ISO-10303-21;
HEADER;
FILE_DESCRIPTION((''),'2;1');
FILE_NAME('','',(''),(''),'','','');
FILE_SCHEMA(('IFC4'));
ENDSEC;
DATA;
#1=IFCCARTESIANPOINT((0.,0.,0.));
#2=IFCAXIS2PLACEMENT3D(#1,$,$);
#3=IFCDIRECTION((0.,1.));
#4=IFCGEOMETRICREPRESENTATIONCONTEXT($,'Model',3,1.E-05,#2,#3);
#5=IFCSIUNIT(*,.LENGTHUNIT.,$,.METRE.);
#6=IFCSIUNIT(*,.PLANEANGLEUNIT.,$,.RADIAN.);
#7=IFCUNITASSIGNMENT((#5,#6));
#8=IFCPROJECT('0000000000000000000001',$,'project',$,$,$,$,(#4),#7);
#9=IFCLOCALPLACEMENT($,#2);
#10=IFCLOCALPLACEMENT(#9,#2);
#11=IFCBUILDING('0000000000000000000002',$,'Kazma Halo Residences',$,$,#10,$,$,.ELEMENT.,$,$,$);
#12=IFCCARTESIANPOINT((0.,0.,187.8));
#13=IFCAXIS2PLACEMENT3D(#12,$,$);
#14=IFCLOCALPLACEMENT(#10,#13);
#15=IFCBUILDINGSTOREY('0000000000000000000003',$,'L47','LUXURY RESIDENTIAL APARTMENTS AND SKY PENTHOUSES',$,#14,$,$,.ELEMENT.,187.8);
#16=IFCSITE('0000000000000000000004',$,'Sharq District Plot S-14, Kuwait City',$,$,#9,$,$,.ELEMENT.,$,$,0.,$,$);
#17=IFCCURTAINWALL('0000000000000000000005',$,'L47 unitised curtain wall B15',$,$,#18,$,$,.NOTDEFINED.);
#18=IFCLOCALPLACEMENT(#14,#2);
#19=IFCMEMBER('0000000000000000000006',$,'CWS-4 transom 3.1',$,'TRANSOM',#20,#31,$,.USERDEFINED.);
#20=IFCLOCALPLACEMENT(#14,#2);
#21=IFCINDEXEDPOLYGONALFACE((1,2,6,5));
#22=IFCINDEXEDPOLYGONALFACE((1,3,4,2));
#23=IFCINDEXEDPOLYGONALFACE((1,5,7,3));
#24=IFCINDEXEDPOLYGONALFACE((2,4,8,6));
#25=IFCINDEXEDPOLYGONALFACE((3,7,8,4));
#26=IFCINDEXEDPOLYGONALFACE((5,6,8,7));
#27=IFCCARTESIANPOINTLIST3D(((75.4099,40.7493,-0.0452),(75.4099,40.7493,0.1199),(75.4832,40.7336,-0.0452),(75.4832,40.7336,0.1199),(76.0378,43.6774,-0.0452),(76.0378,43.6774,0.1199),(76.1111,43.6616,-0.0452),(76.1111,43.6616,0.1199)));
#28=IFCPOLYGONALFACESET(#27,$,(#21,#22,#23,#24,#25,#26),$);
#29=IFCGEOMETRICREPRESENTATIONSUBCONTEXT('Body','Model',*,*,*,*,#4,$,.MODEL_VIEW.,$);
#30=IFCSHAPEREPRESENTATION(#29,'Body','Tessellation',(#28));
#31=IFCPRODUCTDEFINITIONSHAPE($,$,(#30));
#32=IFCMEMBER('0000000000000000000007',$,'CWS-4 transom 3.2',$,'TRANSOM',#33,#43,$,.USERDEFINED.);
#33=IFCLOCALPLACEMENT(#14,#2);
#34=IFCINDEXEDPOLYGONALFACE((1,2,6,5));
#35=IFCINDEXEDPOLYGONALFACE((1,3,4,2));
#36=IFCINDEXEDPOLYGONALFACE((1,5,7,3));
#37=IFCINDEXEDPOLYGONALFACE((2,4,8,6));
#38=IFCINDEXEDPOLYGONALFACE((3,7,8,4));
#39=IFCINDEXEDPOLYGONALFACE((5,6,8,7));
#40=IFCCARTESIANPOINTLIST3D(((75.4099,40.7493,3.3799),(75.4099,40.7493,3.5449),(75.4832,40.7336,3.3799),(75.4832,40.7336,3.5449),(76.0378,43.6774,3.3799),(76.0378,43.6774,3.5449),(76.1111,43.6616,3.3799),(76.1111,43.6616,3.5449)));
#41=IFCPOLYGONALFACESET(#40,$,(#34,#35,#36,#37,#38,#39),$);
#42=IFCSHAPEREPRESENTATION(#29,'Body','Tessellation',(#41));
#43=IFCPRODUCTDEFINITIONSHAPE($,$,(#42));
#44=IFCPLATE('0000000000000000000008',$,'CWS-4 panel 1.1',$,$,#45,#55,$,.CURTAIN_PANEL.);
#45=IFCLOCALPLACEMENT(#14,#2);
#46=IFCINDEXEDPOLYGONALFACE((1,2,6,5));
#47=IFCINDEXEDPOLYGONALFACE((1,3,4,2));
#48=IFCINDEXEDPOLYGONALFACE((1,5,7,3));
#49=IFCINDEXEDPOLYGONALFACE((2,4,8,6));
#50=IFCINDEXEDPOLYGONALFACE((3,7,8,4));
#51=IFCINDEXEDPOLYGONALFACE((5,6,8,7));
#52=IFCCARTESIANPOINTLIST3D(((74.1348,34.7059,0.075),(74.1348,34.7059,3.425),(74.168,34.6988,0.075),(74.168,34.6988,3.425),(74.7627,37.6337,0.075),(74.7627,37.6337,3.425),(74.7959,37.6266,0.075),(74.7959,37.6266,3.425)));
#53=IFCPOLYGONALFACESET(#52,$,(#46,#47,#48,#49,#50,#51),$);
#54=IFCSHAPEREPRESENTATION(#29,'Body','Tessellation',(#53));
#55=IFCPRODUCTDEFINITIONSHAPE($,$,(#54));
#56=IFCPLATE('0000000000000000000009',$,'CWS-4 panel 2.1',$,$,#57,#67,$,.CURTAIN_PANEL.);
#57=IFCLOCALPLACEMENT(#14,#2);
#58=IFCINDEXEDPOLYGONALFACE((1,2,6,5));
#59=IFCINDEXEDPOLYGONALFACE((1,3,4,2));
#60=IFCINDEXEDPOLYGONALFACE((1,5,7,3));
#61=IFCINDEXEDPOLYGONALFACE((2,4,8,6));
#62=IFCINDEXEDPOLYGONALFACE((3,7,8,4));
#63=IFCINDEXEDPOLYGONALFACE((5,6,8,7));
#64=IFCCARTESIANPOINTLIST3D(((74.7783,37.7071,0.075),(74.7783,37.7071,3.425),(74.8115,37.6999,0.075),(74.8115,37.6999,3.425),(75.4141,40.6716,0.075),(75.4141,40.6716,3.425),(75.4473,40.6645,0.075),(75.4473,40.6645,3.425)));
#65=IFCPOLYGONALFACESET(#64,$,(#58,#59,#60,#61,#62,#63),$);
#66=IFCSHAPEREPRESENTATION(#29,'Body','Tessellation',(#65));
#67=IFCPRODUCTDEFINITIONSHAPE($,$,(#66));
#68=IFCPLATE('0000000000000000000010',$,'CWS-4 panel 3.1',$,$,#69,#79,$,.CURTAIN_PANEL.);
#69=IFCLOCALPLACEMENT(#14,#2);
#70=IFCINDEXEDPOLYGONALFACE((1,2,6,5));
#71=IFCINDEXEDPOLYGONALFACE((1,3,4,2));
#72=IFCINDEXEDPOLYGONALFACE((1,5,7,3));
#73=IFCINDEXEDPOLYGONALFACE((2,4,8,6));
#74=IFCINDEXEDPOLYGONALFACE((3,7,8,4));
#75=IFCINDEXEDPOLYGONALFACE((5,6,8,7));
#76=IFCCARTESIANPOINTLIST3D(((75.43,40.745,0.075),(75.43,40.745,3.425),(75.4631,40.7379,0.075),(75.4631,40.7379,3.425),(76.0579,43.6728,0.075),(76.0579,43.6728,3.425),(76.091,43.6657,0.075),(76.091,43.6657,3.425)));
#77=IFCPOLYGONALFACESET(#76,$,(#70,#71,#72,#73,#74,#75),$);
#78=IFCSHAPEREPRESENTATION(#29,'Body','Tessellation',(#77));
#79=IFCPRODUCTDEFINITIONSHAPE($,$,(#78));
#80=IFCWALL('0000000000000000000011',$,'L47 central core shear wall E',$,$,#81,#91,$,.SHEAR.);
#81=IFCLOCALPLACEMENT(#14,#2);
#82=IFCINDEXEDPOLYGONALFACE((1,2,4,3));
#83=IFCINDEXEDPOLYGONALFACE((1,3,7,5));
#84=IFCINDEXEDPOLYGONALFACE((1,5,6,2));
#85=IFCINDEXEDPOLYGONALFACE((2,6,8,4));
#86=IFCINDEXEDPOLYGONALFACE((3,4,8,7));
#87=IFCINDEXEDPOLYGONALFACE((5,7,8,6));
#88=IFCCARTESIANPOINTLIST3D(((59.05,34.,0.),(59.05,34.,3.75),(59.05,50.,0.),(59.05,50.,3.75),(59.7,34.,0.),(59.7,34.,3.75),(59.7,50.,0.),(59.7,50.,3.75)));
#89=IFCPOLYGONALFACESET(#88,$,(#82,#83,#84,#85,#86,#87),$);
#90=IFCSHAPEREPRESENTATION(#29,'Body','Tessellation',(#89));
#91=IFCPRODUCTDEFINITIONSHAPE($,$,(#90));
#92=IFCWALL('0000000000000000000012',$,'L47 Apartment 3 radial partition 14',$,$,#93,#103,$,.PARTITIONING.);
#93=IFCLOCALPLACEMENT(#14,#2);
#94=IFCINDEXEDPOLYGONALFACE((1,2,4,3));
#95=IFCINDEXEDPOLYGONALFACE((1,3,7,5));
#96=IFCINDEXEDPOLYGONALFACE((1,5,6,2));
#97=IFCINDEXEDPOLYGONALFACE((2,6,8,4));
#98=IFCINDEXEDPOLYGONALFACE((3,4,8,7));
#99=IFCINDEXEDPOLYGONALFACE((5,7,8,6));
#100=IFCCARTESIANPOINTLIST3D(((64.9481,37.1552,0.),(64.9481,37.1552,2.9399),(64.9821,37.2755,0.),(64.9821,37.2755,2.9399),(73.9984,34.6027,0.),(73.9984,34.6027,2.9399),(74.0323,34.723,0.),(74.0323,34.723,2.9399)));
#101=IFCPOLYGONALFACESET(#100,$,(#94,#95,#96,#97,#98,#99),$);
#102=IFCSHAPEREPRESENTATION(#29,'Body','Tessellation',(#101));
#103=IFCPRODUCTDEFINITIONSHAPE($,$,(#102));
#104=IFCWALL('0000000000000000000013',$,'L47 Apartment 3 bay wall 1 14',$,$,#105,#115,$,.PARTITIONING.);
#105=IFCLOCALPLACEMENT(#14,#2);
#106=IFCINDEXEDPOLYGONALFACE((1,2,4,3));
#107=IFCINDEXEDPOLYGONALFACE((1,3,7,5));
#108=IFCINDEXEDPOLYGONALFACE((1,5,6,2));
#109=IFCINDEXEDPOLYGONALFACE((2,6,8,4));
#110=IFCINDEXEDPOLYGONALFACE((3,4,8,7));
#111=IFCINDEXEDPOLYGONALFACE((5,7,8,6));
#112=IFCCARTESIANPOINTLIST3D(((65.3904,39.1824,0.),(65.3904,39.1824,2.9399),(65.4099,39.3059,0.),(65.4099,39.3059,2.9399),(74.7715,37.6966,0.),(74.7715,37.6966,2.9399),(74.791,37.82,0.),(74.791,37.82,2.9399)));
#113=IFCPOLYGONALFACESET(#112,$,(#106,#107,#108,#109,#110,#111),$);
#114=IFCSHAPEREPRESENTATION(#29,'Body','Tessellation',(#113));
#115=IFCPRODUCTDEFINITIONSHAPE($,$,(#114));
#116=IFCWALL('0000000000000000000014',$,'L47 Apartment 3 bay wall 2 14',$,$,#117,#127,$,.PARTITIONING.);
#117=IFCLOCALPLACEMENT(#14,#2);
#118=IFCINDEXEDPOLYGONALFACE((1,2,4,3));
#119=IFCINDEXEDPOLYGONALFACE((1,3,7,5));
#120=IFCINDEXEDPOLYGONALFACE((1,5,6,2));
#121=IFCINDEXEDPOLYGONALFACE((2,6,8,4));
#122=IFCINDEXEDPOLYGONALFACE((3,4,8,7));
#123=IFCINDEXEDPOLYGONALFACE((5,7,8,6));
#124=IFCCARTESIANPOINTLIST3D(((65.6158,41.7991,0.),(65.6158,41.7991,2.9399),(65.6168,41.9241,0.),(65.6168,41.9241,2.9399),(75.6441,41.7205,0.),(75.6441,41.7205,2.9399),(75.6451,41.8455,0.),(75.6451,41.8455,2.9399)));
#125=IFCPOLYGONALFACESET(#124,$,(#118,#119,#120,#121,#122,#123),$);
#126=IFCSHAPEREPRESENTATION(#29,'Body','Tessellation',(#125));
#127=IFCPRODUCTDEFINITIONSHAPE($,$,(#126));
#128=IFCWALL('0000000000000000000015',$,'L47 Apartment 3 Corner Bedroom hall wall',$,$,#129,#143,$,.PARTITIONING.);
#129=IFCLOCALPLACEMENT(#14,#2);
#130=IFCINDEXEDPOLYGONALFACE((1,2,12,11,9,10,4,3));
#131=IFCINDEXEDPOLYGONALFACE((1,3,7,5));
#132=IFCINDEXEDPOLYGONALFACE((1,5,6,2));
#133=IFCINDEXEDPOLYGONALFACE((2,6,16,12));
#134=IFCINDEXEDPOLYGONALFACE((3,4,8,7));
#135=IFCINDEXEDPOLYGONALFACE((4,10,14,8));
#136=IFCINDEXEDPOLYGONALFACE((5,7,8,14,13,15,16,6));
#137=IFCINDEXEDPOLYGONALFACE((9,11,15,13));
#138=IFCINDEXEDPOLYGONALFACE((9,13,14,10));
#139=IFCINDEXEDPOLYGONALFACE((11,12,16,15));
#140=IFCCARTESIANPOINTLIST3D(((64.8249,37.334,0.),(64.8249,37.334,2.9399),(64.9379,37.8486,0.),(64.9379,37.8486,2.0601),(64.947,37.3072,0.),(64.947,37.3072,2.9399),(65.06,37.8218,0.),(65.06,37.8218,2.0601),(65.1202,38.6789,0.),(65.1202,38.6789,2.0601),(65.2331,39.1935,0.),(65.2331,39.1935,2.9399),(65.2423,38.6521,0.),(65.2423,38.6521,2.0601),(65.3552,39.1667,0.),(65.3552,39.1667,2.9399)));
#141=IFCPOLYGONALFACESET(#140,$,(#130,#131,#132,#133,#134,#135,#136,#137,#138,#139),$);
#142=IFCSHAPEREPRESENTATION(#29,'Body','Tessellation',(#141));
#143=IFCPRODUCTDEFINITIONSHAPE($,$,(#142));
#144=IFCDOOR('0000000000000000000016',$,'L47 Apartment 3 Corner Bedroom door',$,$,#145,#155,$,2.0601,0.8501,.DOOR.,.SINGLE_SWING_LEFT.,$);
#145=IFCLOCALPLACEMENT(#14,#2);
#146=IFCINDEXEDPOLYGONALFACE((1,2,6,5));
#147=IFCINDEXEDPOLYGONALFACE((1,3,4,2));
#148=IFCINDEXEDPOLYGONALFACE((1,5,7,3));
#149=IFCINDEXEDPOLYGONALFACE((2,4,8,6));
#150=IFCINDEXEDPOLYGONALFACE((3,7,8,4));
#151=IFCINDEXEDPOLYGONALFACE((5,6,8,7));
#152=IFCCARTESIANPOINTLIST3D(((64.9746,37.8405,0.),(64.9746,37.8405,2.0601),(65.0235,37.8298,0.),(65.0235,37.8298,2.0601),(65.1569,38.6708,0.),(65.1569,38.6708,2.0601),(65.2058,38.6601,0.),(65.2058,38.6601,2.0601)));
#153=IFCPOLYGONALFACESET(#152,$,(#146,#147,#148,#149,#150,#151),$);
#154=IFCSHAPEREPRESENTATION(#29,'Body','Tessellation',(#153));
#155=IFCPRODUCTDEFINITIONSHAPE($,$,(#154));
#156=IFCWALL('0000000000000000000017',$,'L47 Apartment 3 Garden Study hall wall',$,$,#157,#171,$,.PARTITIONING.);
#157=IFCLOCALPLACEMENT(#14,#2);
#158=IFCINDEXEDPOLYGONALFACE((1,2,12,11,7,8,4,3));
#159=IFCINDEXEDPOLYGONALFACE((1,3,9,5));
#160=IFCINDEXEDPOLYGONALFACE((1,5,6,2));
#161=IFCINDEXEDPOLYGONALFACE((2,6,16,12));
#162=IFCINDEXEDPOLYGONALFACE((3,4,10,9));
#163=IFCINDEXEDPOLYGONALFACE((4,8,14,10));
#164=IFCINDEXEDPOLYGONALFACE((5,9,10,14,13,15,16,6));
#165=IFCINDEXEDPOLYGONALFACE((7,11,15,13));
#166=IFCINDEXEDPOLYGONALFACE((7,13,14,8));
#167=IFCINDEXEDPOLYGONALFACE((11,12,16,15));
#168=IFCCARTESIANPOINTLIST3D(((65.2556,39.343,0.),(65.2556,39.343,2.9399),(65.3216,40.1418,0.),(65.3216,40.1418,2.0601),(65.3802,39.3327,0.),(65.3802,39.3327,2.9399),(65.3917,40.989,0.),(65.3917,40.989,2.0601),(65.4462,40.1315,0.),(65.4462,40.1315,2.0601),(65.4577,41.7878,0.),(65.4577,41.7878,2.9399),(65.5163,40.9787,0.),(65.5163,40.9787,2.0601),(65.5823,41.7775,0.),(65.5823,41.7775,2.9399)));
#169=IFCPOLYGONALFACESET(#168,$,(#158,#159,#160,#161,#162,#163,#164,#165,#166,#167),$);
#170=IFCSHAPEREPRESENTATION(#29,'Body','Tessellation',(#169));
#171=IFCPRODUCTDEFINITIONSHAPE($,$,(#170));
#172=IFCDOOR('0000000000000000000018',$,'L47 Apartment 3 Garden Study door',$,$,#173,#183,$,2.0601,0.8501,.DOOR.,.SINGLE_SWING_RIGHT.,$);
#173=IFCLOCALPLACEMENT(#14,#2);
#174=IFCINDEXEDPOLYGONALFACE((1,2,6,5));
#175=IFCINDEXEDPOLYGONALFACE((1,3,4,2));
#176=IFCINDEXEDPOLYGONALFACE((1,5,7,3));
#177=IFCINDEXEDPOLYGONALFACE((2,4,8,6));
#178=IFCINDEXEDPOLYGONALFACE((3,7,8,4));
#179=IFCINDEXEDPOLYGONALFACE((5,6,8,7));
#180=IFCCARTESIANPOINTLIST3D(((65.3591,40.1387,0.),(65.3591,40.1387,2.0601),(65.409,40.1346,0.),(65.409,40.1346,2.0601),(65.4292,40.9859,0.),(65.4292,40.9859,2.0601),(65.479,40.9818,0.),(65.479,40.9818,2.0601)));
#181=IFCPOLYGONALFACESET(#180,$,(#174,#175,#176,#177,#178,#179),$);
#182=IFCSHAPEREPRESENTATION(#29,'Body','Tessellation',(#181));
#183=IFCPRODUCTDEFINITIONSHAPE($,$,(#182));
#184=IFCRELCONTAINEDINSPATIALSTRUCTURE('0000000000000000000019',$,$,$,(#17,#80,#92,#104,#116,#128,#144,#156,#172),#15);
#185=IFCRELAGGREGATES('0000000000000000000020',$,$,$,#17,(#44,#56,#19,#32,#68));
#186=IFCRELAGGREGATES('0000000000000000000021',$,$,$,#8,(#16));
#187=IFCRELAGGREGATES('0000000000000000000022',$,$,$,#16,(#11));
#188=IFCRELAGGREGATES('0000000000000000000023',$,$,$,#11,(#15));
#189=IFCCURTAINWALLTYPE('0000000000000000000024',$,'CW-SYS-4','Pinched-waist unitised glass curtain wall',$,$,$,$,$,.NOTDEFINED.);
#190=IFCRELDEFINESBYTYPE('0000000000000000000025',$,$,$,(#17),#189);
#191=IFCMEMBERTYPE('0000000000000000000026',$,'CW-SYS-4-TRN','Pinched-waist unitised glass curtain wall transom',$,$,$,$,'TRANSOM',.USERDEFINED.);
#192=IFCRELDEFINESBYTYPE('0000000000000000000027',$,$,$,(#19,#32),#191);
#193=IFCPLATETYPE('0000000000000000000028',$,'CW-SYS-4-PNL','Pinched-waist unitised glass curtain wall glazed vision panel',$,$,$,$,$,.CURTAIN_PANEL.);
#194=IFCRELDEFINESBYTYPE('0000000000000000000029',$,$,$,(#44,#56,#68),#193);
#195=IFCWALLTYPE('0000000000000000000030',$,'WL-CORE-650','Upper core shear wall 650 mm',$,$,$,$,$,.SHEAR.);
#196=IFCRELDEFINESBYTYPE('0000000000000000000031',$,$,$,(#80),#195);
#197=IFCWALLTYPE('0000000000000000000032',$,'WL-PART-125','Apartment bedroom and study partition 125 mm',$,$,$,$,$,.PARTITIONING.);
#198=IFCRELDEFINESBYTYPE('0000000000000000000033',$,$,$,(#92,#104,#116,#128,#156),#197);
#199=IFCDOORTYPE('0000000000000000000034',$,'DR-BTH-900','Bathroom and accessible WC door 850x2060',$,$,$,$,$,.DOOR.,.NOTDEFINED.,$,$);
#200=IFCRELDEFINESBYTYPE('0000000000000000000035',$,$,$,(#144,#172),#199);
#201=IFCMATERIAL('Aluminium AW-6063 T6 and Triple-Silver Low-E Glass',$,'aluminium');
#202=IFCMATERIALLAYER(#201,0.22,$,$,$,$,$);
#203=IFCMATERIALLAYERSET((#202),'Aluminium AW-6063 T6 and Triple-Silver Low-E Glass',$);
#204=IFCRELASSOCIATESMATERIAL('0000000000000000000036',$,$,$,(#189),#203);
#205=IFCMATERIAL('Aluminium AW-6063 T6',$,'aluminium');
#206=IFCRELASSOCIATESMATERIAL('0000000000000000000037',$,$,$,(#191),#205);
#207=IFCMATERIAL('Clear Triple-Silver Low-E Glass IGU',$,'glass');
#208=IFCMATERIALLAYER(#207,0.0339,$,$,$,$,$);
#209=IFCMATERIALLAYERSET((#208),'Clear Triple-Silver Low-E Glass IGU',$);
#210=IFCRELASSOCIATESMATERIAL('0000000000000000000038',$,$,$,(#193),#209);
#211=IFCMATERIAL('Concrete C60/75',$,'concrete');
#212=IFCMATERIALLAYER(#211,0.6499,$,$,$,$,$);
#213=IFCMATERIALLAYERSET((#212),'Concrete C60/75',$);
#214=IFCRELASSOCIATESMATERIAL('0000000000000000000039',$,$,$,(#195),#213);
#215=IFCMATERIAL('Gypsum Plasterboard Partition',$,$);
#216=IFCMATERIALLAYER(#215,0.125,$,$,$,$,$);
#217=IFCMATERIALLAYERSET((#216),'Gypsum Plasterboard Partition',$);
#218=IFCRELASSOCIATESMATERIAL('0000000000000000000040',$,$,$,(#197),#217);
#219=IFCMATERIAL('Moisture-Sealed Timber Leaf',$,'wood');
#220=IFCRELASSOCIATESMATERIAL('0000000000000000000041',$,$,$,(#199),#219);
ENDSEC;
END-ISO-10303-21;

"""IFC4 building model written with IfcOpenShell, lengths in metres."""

from ifc_helpers import new_model, si_unit, direction, frame, frame_2d, origin, origin_2d, place, context, subcontext, project, spatial, rectangle, extrude, material, layer, layer_set, material_profile, profile_set, type_object, element, fill, aggregate, save


model = new_model("IFC4")

# Units and contexts
model_context = context("Model", 3, precision=1e-05, world=origin(), true_north=direction((0.0, 1.0)))
body_context = subcontext(model_context, "Body", "Model", "MODEL_VIEW")
ifc_project = project(units=[si_unit("LENGTHUNIT", "METRE"), si_unit("PLANEANGLEUNIT", "RADIAN")], contexts=[model_context])

# Site, building, storey
site_placement = place(None, origin())
site = spatial("IfcSite", under=ifc_project, at=site_placement, Name="Sharq District Plot S-14, Kuwait City", CompositionType="ELEMENT", RefElevation=0.0)
building_placement = place(site_placement, origin())
building = spatial("IfcBuilding", under=site, at=building_placement, Name="Kazma Halo Residences", CompositionType="ELEMENT")
storey_placement = place(building_placement, frame((0.0, 0.0, 187.8)))
storey = spatial("IfcBuildingStorey", under=building, at=storey_placement, Name="L47", Description="LUXURY RESIDENTIAL APARTMENTS AND SKY PENTHOUSES", CompositionType="ELEMENT", Elevation=187.8)

# Curtain wall, members, plates
ifc_material_1 = material(Name="Aluminium AW-6063 T6 and Triple-Silver Low-E Glass", Category="aluminium")
ifc_layer_1 = layer(ifc_material_1, 0.22)
ifc_layer_set_1 = layer_set([ifc_layer_1], Name="Aluminium AW-6063 T6 and Triple-Silver Low-E Glass")
curtain_wall_type = type_object("IfcCurtainWallType", Name="CW-SYS-4", Description="Pinched-waist unitised glass curtain wall", PredefinedType="NOTDEFINED", material=ifc_layer_set_1)
curtain_wall_placement = place(storey_placement, origin())
curtain_wall = element("IfcCurtainWall", 1, at=curtain_wall_placement, inside=storey, type_object=curtain_wall_type, Name="L47 unitised curtain wall B15", PredefinedType="NOTDEFINED")
ifc_material_2 = material(Name="Aluminium AW-6063 T6", Category="aluminium")
ifc_material_profile_1 = material_profile(ifc_material_2, rectangle(XDim=0.075, YDim=0.165, at=origin_2d()), Name="CWT-75x165")
ifc_profile_set_1 = profile_set([ifc_material_profile_1], Name="Aluminium AW-6063 T6")
member_type_1 = type_object("IfcMemberType", Name="CW-SYS-4-TRN", Description="Pinched-waist unitised glass curtain wall transom", ElementType="TRANSOM", PredefinedType="USERDEFINED", material=ifc_profile_set_1)
member_1_placement = place(storey_placement, frame((75.4465, 40.7415, 0.0374), z_axis=(0.209691, 0.977768, 0.0), x_axis=(-0.977768, 0.209691, 0.0)))
member_1 = element("IfcMember", 2, at=member_1_placement, type_object=member_type_1, Name="CWS-4 transom 3.1", ObjectType="TRANSOM", PredefinedType="USERDEFINED", context=body_context, shape_type="SweptSolid", body=[
    extrude(rectangle(XDim=0.075, YDim=0.165, at=origin_2d()), origin(), (0.0, 0.0, 1.0), 2.9946),
])
member_2_placement = place(storey_placement, frame((75.4465, 40.7415, 3.4624), z_axis=(0.209691, 0.977768, 0.0), x_axis=(-0.977768, 0.209691, 0.0)))
member_2 = element("IfcMember", 3, at=member_2_placement, type_object=member_type_1, Name="CWS-4 transom 3.2", ObjectType="TRANSOM", PredefinedType="USERDEFINED", context=body_context, shape_type="SweptSolid", body=[
    extrude(rectangle(XDim=0.075, YDim=0.165, at=origin_2d()), origin(), (0.0, 0.0, 1.0), 2.9946),
])
ifc_material_3 = material(Name="Clear Triple-Silver Low-E Glass IGU", Category="glass")
ifc_layer_2 = layer(ifc_material_3, 0.0339)
ifc_layer_set_2 = layer_set([ifc_layer_2], Name="Clear Triple-Silver Low-E Glass IGU")
plate_type = type_object("IfcPlateType", Name="CW-SYS-4-PNL", Description="Pinched-waist unitised glass curtain wall glazed vision panel", PredefinedType="CURTAIN_PANEL", material=ifc_layer_set_2)
plate_1_placement = place(storey_placement, frame((74.4653, 36.1663, 0.075), z_axis=(0.0, 0.0, 1.0), x_axis=(0.20969, 0.977768, 0.0)))
plate_1 = element("IfcPlate", 4, at=plate_1_placement, type_object=plate_type, Name="CWS-4 panel 1.1", PredefinedType="CURTAIN_PANEL", context=body_context, shape_type="SweptSolid", body=[
    extrude(rectangle(XDim=2.9944, YDim=0.0339, at=origin_2d()), origin(), (0.0, 0.0, 1.0), 3.3501),
])
plate_2_placement = place(storey_placement, frame((75.1128, 39.1858, 0.075), z_axis=(0.0, 0.0, 1.0), x_axis=(0.20969, 0.977768, 0.0)))
plate_2 = element("IfcPlate", 5, at=plate_2_placement, type_object=plate_type, Name="CWS-4 panel 2.1", PredefinedType="CURTAIN_PANEL", context=body_context, shape_type="SweptSolid", body=[
    extrude(rectangle(XDim=3.032, YDim=0.0339, at=origin_2d()), origin(), (0.0, 0.0, 1.0), 3.3501),
])
plate_3_placement = place(storey_placement, frame((75.7605, 42.2053, 0.075), z_axis=(0.0, 0.0, 1.0), x_axis=(0.20969, 0.977768, 0.0)))
plate_3 = element("IfcPlate", 6, at=plate_3_placement, type_object=plate_type, Name="CWS-4 panel 3.1", PredefinedType="CURTAIN_PANEL", context=body_context, shape_type="SweptSolid", body=[
    extrude(rectangle(XDim=2.9944, YDim=0.0339, at=origin_2d()), origin(), (0.0, 0.0, 1.0), 3.3501),
])
aggregate(curtain_wall, [plate_1, plate_2, member_1, member_2, plate_3])

# Walls
ifc_material_4 = material(Name="Concrete C60/75", Category="concrete")
ifc_layer_3 = layer(ifc_material_4, 0.6499)
ifc_layer_set_3 = layer_set([ifc_layer_3], Name="Concrete C60/75")
wall_type_1 = type_object("IfcWallType", Name="WL-CORE-650", Description="Upper core shear wall 650 mm", PredefinedType="SHEAR", material=ifc_layer_set_3)
wall_1_placement = place(storey_placement, frame((59.375, 34.0, 0.0), z_axis=(0.0, 0.0, 1.0), x_axis=(0.0, 1.0, 0.0)))
element("IfcWall", 7, at=wall_1_placement, inside=storey, type_object=wall_type_1, Name="L47 central core shear wall E", PredefinedType="SHEAR", context=body_context, shape_type="SweptSolid", body=[
    extrude(rectangle(XDim=16.0, YDim=0.6499, at=frame_2d((8.0, 0.0))), origin(), (0.0, 0.0, 1.0), 3.75),
])
ifc_material_5 = material(Name="Gypsum Plasterboard Partition")
ifc_layer_4 = layer(ifc_material_5, 0.125)
ifc_layer_set_4 = layer_set([ifc_layer_4], Name="Gypsum Plasterboard Partition")
wall_type_2 = type_object("IfcWallType", Name="WL-PART-125", Description="Apartment bedroom and study partition 125 mm", PredefinedType="PARTITIONING", material=ifc_layer_set_4)
wall_2_placement = place(storey_placement, frame((64.9651, 37.2153, 0.0), z_axis=(0.0, 0.0, 1.0), x_axis=(0.962454, -0.271445, 0.0)))
element("IfcWall", 8, at=wall_2_placement, inside=storey, type_object=wall_type_2, Name="L47 Apartment 3 radial partition 14", PredefinedType="PARTITIONING", context=body_context, shape_type="SweptSolid", body=[
    extrude(rectangle(XDim=9.4033, YDim=0.125, at=frame_2d((4.7017, 0.0))), origin(), (0.0, 0.0, 1.0), 2.9399),
])
wall_3_placement = place(storey_placement, frame((65.4001, 39.2441, 0.0), z_axis=(0.0, 0.0, 1.0), x_axis=(0.987688, -0.156436, 0.0)))
element("IfcWall", 9, at=wall_3_placement, inside=storey, type_object=wall_type_2, Name="L47 Apartment 3 bay wall 1 14", PredefinedType="PARTITIONING", context=body_context, shape_type="SweptSolid", body=[
    extrude(rectangle(XDim=9.498, YDim=0.125, at=frame_2d((4.749, 0.0))), origin(), (0.0, 0.0, 1.0), 2.9399),
])
wall_4_placement = place(storey_placement, frame((65.6165, 41.8616, 0.0), z_axis=(0.0, 0.0, 1.0), x_axis=(0.999969, -0.007839, 0.0)))
element("IfcWall", 10, at=wall_4_placement, inside=storey, type_object=wall_type_2, Name="L47 Apartment 3 bay wall 2 14", PredefinedType="PARTITIONING", context=body_context, shape_type="SweptSolid", body=[
    extrude(rectangle(XDim=10.0286, YDim=0.125, at=frame_2d((5.0142, 0.0))), origin(), (0.0, 0.0, 1.0), 2.9399),
])

# Walls, openings, doors
wall_5_placement = place(storey_placement, frame((64.886, 37.3206, 0.0), z_axis=(0.0, 0.0, 1.0), x_axis=(0.214404, 0.976745, 0.0)))
wall_5 = element("IfcWall", 11, at=wall_5_placement, inside=storey, type_object=wall_type_2, Name="L47 Apartment 3 Corner Bedroom hall wall", PredefinedType="PARTITIONING", context=body_context, shape_type="SweptSolid", body=[
    extrude(rectangle(XDim=1.9038, YDim=0.125, at=frame_2d((0.9519, 0.0))), origin(), (0.0, 0.0, 1.0), 2.9399),
])
opening_1_placement = place(wall_5_placement, frame((0.5269, 0.0, 0.0)))
opening_1 = element("IfcOpeningElement", 12, at=opening_1_placement, cuts=wall_5, PredefinedType="OPENING", context=body_context, shape_type="SweptSolid", body=[
    extrude(rectangle(XDim=0.8501, YDim=2.0601, at=frame_2d((0.425, 1.03))), frame((0.0, 0.0725, 0.0), z_axis=(0.0, -1.0, 0.0), x_axis=(1.0, 0.0, 0.0)), (0.0, 0.0, 1.0), 0.145),
])
ifc_material_6 = material(Name="Moisture-Sealed Timber Leaf", Category="wood")
door_type = type_object("IfcDoorType", Name="DR-BTH-900", Description="Bathroom and accessible WC door 850x2060", OperationType="NOTDEFINED", PredefinedType="DOOR", material=ifc_material_6)
door_1_placement = place(opening_1_placement, origin())
door_1 = element("IfcDoor", 13, at=door_1_placement, inside=storey, type_object=door_type, Name="L47 Apartment 3 Corner Bedroom door", OperationType="SINGLE_SWING_LEFT", OverallHeight=2.0601, OverallWidth=0.8501, PredefinedType="DOOR", context=body_context, shape_type="SweptSolid", body=[
    extrude(rectangle(XDim=0.8501, YDim=2.0601, at=frame_2d((0.425, 1.03))), frame((0.0, 0.0249, 0.0), z_axis=(0.0, -1.0, 0.0), x_axis=(1.0, 0.0, 0.0)), (0.0, 0.0, 1.0), 0.05),
])
fill(opening_1, door_1)
wall_6_placement = place(storey_placement, frame((65.3179, 39.3379, 0.0), z_axis=(0.0, 0.0, 1.0), x_axis=(0.082403, 0.996599, 0.0)))
wall_6 = element("IfcWall", 14, at=wall_6_placement, inside=storey, type_object=wall_type_2, Name="L47 Apartment 3 Garden Study hall wall", PredefinedType="PARTITIONING", context=body_context, shape_type="SweptSolid", body=[
    extrude(rectangle(XDim=2.4531, YDim=0.125, at=frame_2d((1.2266, 0.0))), origin(), (0.0, 0.0, 1.0), 2.9399),
])
opening_2_placement = place(wall_6_placement, frame((0.8015, 0.0, 0.0)))
opening_2 = element("IfcOpeningElement", 15, at=opening_2_placement, cuts=wall_6, PredefinedType="OPENING", context=body_context, shape_type="SweptSolid", body=[
    extrude(rectangle(XDim=0.8501, YDim=2.0601, at=frame_2d((0.425, 1.03))), frame((0.0, 0.0725, 0.0), z_axis=(0.0, -1.0, 0.0), x_axis=(1.0, 0.0, 0.0)), (0.0, 0.0, 1.0), 0.145),
])
door_2_placement = place(opening_2_placement, origin())
door_2 = element("IfcDoor", 16, at=door_2_placement, inside=storey, type_object=door_type, Name="L47 Apartment 3 Garden Study door", OperationType="SINGLE_SWING_RIGHT", OverallHeight=2.0601, OverallWidth=0.8501, PredefinedType="DOOR", context=body_context, shape_type="SweptSolid", body=[
    extrude(rectangle(XDim=0.8501, YDim=2.0601, at=frame_2d((0.425, 1.03))), frame((0.0, 0.0249, 0.0), z_axis=(0.0, -1.0, 0.0), x_axis=(1.0, 0.0, 0.0)), (0.0, 0.0, 1.0), 0.05),
])
fill(opening_2, door_2)

save(model, "model.ifc")
